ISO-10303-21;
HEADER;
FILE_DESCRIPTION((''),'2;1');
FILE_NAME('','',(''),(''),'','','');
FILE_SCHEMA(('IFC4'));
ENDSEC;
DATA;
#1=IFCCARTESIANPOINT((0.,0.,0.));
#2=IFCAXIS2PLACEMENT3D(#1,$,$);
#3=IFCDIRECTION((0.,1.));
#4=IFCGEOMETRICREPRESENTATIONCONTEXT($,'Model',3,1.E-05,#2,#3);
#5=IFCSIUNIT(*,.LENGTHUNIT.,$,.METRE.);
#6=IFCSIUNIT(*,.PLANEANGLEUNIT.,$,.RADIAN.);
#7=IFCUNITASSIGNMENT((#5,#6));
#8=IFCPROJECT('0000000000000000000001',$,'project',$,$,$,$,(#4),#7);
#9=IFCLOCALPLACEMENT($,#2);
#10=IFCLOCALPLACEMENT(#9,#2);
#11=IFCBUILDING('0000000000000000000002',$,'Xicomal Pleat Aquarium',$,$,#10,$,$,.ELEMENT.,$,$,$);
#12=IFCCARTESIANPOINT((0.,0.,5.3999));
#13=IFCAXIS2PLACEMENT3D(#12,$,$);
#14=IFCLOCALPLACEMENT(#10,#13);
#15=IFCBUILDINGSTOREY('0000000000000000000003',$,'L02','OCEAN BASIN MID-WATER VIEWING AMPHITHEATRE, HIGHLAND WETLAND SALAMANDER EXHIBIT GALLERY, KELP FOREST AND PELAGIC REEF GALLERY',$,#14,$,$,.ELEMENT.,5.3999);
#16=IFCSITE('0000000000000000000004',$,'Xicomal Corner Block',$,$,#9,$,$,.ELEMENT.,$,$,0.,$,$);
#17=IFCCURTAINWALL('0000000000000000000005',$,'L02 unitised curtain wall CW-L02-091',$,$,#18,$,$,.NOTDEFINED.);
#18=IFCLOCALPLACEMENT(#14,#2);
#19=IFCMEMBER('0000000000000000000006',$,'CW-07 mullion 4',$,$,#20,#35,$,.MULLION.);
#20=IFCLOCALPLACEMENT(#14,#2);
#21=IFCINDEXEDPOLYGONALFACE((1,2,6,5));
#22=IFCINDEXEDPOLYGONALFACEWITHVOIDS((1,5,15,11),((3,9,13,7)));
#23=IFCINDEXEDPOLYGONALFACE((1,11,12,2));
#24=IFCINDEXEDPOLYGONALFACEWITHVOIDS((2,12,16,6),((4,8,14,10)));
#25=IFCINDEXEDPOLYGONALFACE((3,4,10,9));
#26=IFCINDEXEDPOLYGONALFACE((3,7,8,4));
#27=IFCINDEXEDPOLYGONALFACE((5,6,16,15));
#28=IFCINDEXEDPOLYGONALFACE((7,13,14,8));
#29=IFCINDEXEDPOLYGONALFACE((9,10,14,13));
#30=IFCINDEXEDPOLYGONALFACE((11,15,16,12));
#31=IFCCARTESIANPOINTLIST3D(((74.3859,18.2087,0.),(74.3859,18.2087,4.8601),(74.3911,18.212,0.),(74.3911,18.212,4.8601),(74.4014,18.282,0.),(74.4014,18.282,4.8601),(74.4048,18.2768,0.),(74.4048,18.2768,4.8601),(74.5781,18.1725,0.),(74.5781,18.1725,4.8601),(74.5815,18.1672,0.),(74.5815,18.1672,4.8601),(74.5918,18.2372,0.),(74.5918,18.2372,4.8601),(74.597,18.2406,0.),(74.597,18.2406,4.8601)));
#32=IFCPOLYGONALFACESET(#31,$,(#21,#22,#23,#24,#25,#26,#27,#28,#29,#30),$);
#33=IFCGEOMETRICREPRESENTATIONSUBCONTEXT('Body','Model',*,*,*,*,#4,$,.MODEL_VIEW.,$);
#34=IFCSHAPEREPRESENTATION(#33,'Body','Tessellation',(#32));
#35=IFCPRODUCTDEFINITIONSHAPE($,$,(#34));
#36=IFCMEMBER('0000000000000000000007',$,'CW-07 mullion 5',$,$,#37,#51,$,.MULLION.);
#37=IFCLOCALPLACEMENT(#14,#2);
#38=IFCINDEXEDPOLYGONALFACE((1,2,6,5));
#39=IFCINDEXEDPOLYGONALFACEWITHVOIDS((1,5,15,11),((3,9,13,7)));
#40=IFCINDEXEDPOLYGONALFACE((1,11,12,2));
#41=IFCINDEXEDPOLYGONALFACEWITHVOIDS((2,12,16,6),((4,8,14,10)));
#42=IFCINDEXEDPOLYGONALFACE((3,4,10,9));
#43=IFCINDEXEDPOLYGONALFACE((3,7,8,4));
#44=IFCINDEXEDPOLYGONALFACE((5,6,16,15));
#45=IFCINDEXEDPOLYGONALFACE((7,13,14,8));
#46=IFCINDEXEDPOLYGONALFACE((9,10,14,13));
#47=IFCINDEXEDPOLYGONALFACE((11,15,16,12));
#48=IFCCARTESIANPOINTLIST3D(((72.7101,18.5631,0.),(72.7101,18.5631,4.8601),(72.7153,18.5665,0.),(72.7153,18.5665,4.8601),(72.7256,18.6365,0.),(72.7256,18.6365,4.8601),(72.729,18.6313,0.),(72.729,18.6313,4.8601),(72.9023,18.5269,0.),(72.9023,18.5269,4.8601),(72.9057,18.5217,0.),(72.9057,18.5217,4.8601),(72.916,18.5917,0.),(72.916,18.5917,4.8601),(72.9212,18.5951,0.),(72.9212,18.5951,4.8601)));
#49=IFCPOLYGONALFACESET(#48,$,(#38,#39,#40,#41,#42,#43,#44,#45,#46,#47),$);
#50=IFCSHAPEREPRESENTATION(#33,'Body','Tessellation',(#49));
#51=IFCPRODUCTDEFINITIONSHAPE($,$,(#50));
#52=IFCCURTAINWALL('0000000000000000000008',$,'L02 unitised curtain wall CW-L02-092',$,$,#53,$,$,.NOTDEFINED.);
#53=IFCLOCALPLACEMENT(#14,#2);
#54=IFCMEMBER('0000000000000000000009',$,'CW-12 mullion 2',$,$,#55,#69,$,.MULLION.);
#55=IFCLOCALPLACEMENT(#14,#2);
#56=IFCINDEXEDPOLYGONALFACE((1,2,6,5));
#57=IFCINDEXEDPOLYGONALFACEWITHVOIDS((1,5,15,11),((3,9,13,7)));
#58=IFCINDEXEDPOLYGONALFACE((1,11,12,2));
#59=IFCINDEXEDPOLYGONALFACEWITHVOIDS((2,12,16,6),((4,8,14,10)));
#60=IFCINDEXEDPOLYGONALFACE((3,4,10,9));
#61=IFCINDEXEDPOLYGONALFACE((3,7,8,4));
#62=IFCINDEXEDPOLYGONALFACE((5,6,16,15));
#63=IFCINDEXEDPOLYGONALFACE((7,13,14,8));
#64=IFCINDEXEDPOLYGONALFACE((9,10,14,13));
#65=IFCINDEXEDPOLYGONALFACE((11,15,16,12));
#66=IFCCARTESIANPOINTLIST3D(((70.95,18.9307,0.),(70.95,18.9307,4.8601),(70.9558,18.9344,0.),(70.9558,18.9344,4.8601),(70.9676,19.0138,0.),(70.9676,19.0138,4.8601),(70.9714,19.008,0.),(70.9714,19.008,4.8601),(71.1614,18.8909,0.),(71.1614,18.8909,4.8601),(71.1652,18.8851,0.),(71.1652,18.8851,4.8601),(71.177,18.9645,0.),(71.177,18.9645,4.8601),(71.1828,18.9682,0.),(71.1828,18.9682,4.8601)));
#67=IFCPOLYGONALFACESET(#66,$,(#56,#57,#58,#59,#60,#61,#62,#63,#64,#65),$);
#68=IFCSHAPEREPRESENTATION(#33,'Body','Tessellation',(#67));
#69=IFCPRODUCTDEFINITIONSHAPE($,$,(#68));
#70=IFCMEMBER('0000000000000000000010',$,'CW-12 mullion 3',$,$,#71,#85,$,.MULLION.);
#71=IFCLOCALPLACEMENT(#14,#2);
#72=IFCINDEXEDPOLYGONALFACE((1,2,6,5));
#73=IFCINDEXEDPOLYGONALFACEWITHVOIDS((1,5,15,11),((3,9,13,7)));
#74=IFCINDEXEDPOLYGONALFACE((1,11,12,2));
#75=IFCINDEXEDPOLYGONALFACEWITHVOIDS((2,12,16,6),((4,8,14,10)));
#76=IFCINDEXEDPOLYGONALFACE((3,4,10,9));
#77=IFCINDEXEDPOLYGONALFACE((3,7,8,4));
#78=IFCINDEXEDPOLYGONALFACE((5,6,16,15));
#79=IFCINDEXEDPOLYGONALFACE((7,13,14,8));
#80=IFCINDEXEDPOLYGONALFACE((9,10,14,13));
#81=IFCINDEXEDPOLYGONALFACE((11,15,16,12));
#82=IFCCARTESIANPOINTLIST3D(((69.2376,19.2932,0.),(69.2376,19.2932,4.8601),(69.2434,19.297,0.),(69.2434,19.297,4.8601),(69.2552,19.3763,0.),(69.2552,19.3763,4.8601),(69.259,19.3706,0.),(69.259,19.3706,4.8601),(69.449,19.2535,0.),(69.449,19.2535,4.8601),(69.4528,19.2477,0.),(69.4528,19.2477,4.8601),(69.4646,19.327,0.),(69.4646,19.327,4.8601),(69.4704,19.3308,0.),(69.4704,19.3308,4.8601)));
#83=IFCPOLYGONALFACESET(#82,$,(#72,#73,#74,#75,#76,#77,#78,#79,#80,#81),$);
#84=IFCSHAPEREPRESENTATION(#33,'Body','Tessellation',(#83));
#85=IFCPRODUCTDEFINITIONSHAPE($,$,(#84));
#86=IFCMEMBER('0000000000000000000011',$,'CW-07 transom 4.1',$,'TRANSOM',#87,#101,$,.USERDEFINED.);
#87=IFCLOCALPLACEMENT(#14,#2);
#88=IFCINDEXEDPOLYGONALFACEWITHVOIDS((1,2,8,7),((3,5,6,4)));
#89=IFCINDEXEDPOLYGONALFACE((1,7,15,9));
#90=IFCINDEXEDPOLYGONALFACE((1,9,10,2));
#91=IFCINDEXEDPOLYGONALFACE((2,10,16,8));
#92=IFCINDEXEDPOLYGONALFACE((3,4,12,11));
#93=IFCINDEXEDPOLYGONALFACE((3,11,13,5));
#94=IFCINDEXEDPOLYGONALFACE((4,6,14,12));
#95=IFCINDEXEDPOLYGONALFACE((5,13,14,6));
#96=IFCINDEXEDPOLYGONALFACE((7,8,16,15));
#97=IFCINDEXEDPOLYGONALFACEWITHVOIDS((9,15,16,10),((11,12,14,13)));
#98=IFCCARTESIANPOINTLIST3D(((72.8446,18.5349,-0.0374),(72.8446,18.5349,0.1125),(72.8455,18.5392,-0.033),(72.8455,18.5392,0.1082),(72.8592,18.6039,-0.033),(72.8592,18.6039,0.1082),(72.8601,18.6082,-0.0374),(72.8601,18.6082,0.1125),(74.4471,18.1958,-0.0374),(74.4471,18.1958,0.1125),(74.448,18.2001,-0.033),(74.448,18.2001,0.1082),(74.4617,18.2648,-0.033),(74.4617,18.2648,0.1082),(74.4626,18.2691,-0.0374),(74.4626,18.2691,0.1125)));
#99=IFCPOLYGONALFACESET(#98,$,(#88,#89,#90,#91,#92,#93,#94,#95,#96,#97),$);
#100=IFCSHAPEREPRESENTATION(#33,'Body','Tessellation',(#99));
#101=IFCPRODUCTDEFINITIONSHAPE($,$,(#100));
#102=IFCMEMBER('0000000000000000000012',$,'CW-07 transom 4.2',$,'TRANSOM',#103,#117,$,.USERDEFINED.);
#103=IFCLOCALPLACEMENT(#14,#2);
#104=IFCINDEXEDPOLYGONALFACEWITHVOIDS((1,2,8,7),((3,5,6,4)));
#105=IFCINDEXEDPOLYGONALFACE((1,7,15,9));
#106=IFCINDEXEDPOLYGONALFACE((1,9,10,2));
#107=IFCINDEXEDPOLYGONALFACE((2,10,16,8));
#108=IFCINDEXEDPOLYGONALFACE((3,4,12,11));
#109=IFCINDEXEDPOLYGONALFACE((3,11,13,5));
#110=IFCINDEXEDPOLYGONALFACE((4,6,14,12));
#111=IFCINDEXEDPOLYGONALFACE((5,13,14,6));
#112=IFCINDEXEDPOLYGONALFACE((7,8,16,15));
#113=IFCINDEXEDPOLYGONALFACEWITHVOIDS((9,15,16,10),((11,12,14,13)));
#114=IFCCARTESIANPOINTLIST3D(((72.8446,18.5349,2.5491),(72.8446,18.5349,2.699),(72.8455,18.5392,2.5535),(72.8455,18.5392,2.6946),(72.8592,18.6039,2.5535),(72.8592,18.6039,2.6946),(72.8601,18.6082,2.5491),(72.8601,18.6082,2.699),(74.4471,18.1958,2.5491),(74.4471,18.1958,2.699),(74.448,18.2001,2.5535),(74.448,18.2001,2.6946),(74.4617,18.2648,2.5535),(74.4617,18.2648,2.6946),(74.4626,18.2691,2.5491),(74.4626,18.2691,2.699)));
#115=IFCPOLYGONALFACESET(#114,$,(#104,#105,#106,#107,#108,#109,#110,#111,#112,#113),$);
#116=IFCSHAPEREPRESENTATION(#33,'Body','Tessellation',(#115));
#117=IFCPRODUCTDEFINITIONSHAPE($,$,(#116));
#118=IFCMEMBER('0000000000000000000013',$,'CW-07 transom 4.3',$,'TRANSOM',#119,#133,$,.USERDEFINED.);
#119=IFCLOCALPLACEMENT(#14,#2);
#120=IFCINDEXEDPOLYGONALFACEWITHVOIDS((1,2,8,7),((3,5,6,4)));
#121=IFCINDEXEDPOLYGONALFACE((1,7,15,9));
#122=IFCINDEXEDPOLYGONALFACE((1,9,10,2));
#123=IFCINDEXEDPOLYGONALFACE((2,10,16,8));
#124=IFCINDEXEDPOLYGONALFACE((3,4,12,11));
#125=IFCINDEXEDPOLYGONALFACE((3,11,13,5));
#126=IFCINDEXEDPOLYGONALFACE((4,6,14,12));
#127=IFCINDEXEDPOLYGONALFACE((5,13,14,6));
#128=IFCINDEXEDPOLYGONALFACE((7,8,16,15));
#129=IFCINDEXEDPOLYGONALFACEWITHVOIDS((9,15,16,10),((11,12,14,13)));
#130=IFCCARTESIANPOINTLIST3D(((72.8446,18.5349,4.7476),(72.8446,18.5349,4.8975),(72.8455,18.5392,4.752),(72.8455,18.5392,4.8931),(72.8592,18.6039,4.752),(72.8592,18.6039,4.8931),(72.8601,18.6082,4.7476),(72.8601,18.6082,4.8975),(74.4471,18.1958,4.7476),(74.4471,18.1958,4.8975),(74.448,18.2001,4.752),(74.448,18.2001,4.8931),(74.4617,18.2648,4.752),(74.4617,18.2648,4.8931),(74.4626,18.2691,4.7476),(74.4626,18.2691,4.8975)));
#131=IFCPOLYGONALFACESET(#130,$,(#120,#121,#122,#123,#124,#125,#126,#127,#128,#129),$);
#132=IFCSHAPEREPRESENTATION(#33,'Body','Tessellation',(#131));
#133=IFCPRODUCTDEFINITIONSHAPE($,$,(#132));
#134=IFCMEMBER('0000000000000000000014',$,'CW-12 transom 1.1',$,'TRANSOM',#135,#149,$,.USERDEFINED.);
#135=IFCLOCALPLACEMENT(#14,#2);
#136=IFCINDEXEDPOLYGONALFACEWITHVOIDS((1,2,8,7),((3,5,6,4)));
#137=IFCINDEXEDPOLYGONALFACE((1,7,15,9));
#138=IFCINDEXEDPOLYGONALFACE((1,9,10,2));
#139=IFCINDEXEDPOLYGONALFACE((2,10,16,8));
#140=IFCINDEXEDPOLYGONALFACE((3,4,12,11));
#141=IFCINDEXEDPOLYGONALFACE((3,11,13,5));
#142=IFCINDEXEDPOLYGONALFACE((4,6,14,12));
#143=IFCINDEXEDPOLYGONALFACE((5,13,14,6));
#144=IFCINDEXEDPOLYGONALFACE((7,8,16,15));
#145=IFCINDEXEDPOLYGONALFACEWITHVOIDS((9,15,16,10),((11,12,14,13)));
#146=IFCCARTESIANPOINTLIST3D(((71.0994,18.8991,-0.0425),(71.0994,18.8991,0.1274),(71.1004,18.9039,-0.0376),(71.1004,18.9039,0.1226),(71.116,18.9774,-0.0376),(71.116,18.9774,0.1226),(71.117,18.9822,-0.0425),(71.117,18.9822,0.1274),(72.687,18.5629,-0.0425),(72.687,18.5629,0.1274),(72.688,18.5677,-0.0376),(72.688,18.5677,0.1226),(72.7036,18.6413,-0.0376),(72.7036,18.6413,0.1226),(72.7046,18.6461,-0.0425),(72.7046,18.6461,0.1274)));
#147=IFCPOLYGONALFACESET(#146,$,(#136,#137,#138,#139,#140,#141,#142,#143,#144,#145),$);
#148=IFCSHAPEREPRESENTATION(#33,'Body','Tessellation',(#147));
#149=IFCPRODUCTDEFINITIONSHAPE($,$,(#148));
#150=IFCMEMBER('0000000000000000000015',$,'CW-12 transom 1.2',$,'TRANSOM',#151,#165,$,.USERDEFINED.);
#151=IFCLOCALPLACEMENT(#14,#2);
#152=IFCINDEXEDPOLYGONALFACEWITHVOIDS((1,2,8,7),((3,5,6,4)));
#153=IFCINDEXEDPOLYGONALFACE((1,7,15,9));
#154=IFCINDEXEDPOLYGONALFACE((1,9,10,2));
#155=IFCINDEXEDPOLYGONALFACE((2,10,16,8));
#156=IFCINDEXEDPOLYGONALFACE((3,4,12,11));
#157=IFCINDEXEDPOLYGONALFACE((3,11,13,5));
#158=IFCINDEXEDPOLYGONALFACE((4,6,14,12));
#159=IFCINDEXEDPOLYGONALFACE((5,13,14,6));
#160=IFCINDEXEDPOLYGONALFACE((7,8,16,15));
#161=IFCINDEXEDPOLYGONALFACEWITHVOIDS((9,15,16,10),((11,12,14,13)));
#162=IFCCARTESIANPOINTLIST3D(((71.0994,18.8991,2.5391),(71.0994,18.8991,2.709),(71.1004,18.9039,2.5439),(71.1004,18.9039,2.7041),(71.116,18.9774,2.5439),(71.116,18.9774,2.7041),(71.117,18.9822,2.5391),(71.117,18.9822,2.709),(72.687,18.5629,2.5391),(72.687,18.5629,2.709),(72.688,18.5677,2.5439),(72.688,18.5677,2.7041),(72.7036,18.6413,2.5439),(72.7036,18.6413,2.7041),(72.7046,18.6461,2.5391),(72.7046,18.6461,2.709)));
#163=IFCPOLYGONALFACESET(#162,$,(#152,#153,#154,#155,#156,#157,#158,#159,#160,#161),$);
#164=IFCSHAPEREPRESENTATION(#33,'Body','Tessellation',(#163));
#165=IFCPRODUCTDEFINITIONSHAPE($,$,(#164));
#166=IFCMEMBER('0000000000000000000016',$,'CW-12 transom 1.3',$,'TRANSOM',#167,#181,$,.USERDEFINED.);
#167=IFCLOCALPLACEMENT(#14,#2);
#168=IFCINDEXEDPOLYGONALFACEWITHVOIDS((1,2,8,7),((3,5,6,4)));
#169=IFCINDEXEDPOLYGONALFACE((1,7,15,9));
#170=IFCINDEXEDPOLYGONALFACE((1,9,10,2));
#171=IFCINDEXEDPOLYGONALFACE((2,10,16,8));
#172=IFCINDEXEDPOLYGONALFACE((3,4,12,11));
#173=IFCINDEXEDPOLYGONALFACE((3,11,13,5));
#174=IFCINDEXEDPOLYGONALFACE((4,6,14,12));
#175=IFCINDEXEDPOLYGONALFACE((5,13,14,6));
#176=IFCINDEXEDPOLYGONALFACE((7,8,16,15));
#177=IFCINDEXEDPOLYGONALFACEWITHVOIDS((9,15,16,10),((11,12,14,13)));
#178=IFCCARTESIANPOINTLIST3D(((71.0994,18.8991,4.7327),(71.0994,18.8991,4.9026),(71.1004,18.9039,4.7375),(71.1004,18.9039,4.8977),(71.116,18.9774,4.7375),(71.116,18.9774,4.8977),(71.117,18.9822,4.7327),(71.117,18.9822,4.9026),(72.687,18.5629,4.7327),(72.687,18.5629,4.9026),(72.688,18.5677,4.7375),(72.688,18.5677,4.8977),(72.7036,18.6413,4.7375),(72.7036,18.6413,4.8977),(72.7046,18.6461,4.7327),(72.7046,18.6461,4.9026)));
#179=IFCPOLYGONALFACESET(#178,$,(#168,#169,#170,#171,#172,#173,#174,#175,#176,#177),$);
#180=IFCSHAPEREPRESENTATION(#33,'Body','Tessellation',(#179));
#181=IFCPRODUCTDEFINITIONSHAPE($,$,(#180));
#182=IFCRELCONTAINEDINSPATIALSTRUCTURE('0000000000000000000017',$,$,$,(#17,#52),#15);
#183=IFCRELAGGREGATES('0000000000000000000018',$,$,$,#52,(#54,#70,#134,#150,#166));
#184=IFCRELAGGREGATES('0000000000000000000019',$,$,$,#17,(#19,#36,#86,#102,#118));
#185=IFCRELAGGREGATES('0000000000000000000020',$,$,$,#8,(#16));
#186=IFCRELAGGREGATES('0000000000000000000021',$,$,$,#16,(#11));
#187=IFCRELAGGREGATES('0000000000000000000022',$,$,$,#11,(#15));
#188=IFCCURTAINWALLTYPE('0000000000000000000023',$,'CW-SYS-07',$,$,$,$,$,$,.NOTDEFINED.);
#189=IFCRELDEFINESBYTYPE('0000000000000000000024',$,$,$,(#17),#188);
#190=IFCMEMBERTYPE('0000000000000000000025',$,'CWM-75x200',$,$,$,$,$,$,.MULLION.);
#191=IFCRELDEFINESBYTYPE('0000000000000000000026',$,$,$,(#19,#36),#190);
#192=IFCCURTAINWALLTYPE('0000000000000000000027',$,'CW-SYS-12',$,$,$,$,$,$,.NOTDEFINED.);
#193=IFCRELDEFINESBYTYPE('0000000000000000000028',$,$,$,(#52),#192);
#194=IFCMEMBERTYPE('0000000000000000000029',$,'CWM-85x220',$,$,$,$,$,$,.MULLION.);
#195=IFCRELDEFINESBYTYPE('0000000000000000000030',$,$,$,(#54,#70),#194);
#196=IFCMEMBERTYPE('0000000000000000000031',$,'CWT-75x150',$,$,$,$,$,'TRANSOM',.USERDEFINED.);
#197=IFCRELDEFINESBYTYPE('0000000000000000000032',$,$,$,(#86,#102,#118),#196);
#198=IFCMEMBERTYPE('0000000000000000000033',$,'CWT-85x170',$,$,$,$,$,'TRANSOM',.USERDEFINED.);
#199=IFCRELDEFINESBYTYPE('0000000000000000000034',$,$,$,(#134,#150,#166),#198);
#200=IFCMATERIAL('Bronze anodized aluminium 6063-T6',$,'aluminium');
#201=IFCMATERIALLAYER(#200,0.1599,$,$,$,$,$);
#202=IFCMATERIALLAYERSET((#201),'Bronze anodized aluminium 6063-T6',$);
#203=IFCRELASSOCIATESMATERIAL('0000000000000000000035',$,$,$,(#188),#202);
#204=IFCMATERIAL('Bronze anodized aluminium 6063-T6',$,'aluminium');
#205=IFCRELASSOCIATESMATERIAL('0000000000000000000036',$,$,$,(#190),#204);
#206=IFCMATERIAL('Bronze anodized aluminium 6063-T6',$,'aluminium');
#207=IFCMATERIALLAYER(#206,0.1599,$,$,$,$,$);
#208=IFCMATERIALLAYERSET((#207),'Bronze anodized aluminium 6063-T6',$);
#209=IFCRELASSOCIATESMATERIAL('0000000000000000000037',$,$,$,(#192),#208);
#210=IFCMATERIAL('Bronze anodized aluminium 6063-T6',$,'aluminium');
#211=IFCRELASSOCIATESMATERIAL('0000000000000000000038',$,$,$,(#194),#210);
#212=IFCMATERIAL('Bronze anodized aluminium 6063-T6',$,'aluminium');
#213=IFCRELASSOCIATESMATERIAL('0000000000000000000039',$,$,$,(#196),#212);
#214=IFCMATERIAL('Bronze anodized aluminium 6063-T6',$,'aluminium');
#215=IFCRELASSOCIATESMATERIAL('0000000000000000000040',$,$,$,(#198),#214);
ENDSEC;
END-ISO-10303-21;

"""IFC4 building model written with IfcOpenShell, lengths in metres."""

from ifc_helpers import new_model, si_unit, direction, frame, origin, origin_2d, place, context, subcontext, project, spatial, hollow_rectangle, extrude, material, layer, layer_set, material_profile, profile_set, type_object, element, aggregate, save


model = new_model("IFC4")

# Units and contexts
model_context = context("Model", 3, precision=1e-05, world=origin(), true_north=direction((0.0, 1.0)))
body_context = subcontext(model_context, "Body", "Model", "MODEL_VIEW")
ifc_project = project(units=[si_unit("LENGTHUNIT", "METRE"), si_unit("PLANEANGLEUNIT", "RADIAN")], contexts=[model_context])

# Site, building, storey
site_placement = place(None, origin())
site = spatial("IfcSite", under=ifc_project, at=site_placement, Name="Xicomal Corner Block", CompositionType="ELEMENT", RefElevation=0.0)
building_placement = place(site_placement, origin())
building = spatial("IfcBuilding", under=site, at=building_placement, Name="Xicomal Pleat Aquarium", CompositionType="ELEMENT")
storey_placement = place(building_placement, frame((0.0, 0.0, 5.3999)))
storey = spatial("IfcBuildingStorey", under=building, at=storey_placement, Name="L02", Description="OCEAN BASIN MID-WATER VIEWING AMPHITHEATRE, HIGHLAND WETLAND SALAMANDER EXHIBIT GALLERY, KELP FOREST AND PELAGIC REEF GALLERY", CompositionType="ELEMENT", Elevation=5.3999)

# Curtain walls, members
ifc_material_1 = material(Name="Bronze anodized aluminium 6063-T6", Category="aluminium")
ifc_layer_1 = layer(ifc_material_1, 0.1599)
ifc_layer_set_1 = layer_set([ifc_layer_1], Name="Bronze anodized aluminium 6063-T6")
curtain_wall_type_1 = type_object("IfcCurtainWallType", Name="CW-SYS-07", PredefinedType="NOTDEFINED", material=ifc_layer_set_1)
curtain_wall_1_placement = place(storey_placement, origin())
curtain_wall_1 = element("IfcCurtainWall", 1, at=curtain_wall_1_placement, inside=storey, type_object=curtain_wall_type_1, Name="L02 unitised curtain wall CW-L02-091", PredefinedType="NOTDEFINED")
ifc_material_2 = material(Name="Bronze anodized aluminium 6063-T6", Category="aluminium")
ifc_material_profile_1 = material_profile(ifc_material_2, hollow_rectangle(XDim=0.075, YDim=0.2, WallThickness=0.0044, at=origin_2d()), Name="ALU MULL 75x200")
ifc_profile_set_1 = profile_set([ifc_material_profile_1], Name="Bronze anodized aluminium 6063-T6")
member_type_1 = type_object("IfcMemberType", Name="CWM-75x200", PredefinedType="MULLION", material=ifc_profile_set_1)
member_1_placement = place(storey_placement, frame((74.4915, 18.2246, 0.0), z_axis=(0.0, 0.0, 1.0), x_axis=(-0.20709, -0.978322, 0.0)))
member_1 = element("IfcMember", 2, at=member_1_placement, type_object=member_type_1, Name="CW-07 mullion 4", PredefinedType="MULLION", context=body_context, shape_type="SweptSolid", body=[
    extrude(hollow_rectangle(XDim=0.075, YDim=0.2, WallThickness=0.0044, at=origin_2d()), origin(), (0.0, 0.0, 1.0), 4.8601),
])
member_2_placement = place(storey_placement, frame((72.8157, 18.5791, 0.0), z_axis=(0.0, 0.0, 1.0), x_axis=(-0.20709, -0.978322, 0.0)))
member_2 = element("IfcMember", 3, at=member_2_placement, type_object=member_type_1, Name="CW-07 mullion 5", PredefinedType="MULLION", context=body_context, shape_type="SweptSolid", body=[
    extrude(hollow_rectangle(XDim=0.075, YDim=0.2, WallThickness=0.0044, at=origin_2d()), origin(), (0.0, 0.0, 1.0), 4.8601),
])
ifc_material_3 = material(Name="Bronze anodized aluminium 6063-T6", Category="aluminium")
ifc_layer_2 = layer(ifc_material_3, 0.1599)
ifc_layer_set_2 = layer_set([ifc_layer_2], Name="Bronze anodized aluminium 6063-T6")
curtain_wall_type_2 = type_object("IfcCurtainWallType", Name="CW-SYS-12", PredefinedType="NOTDEFINED", material=ifc_layer_set_2)
curtain_wall_2_placement = place(storey_placement, origin())
curtain_wall_2 = element("IfcCurtainWall", 4, at=curtain_wall_2_placement, inside=storey, type_object=curtain_wall_type_2, Name="L02 unitised curtain wall CW-L02-092", PredefinedType="NOTDEFINED")
ifc_material_4 = material(Name="Bronze anodized aluminium 6063-T6", Category="aluminium")
ifc_material_profile_2 = material_profile(ifc_material_4, hollow_rectangle(XDim=0.085, YDim=0.22, WallThickness=0.0049, at=origin_2d()), Name="ALU MULL 85x220")
ifc_profile_set_2 = profile_set([ifc_material_profile_2], Name="Bronze anodized aluminium 6063-T6")
member_type_2 = type_object("IfcMemberType", Name="CWM-85x220", PredefinedType="MULLION", material=ifc_profile_set_2)
member_3_placement = place(storey_placement, frame((71.0664, 18.9495, 0.0), z_axis=(0.0, 0.0, 1.0), x_axis=(-0.20709, -0.978322, 0.0)))
member_3 = element("IfcMember", 5, at=member_3_placement, type_object=member_type_2, Name="CW-12 mullion 2", PredefinedType="MULLION", context=body_context, shape_type="SweptSolid", body=[
    extrude(hollow_rectangle(XDim=0.085, YDim=0.22, WallThickness=0.0049, at=origin_2d()), origin(), (0.0, 0.0, 1.0), 4.8601),
])
member_4_placement = place(storey_placement, frame((69.354, 19.312, 0.0), z_axis=(0.0, 0.0, 1.0), x_axis=(-0.20709, -0.978322, 0.0)))
member_4 = element("IfcMember", 6, at=member_4_placement, type_object=member_type_2, Name="CW-12 mullion 3", PredefinedType="MULLION", context=body_context, shape_type="SweptSolid", body=[
    extrude(hollow_rectangle(XDim=0.085, YDim=0.22, WallThickness=0.0049, at=origin_2d()), origin(), (0.0, 0.0, 1.0), 4.8601),
])

# Members
ifc_material_5 = material(Name="Bronze anodized aluminium 6063-T6", Category="aluminium")
ifc_material_profile_3 = material_profile(ifc_material_5, hollow_rectangle(XDim=0.075, YDim=0.1499, WallThickness=0.0044, at=origin_2d()), Name="ALU TRAN 75x150")
ifc_profile_set_3 = profile_set([ifc_material_profile_3], Name="Bronze anodized aluminium 6063-T6")
member_type_3 = type_object("IfcMemberType", Name="CWT-75x150", ElementType="TRANSOM", PredefinedType="USERDEFINED", material=ifc_profile_set_3)
member_5_placement = place(storey_placement, frame((74.4548, 18.2324, 0.0376), z_axis=(-0.978336, 0.207024, 0.0), x_axis=(-0.207024, -0.978336, 0.0)))
member_5 = element("IfcMember", 7, at=member_5_placement, type_object=member_type_3, Name="CW-07 transom 4.1", ObjectType="TRANSOM", PredefinedType="USERDEFINED", context=body_context, shape_type="SweptSolid", body=[
    extrude(hollow_rectangle(XDim=0.075, YDim=0.1499, WallThickness=0.0044, at=origin_2d()), origin(), (0.0, 0.0, 1.0), 1.6379),
])
member_6_placement = place(storey_placement, frame((74.4548, 18.2324, 2.624), z_axis=(-0.978336, 0.207024, 0.0), x_axis=(-0.207024, -0.978336, 0.0)))
member_6 = element("IfcMember", 8, at=member_6_placement, type_object=member_type_3, Name="CW-07 transom 4.2", ObjectType="TRANSOM", PredefinedType="USERDEFINED", context=body_context, shape_type="SweptSolid", body=[
    extrude(hollow_rectangle(XDim=0.075, YDim=0.1499, WallThickness=0.0044, at=origin_2d()), origin(), (0.0, 0.0, 1.0), 1.6379),
])
member_7_placement = place(storey_placement, frame((74.4548, 18.2324, 4.8225), z_axis=(-0.978336, 0.207024, 0.0), x_axis=(-0.207024, -0.978336, 0.0)))
member_7 = element("IfcMember", 9, at=member_7_placement, type_object=member_type_3, Name="CW-07 transom 4.3", ObjectType="TRANSOM", PredefinedType="USERDEFINED", context=body_context, shape_type="SweptSolid", body=[
    extrude(hollow_rectangle(XDim=0.075, YDim=0.1499, WallThickness=0.0044, at=origin_2d()), origin(), (0.0, 0.0, 1.0), 1.6379),
])
ifc_material_6 = material(Name="Bronze anodized aluminium 6063-T6", Category="aluminium")
ifc_material_profile_4 = material_profile(ifc_material_6, hollow_rectangle(XDim=0.085, YDim=0.1699, WallThickness=0.0049, at=origin_2d()), Name="ALU TRAN 85x170")
ifc_profile_set_4 = profile_set([ifc_material_profile_4], Name="Bronze anodized aluminium 6063-T6")
member_type_4 = type_object("IfcMemberType", Name="CWT-85x170", ElementType="TRANSOM", PredefinedType="USERDEFINED", material=ifc_profile_set_4)
member_8_placement = place(storey_placement, frame((72.6958, 18.6045, 0.0425), z_axis=(-0.978308, 0.207155, 0.0), x_axis=(-0.207155, -0.978308, 0.0)))
member_8 = element("IfcMember", 10, at=member_8_placement, type_object=member_type_4, Name="CW-12 transom 1.1", ObjectType="TRANSOM", PredefinedType="USERDEFINED", context=body_context, shape_type="SweptSolid", body=[
    extrude(hollow_rectangle(XDim=0.085, YDim=0.1699, WallThickness=0.0049, at=origin_2d()), origin(), (0.0, 0.0, 1.0), 1.6228),
])
member_9_placement = place(storey_placement, frame((72.6958, 18.6045, 2.624), z_axis=(-0.978308, 0.207155, 0.0), x_axis=(-0.207155, -0.978308, 0.0)))
member_9 = element("IfcMember", 11, at=member_9_placement, type_object=member_type_4, Name="CW-12 transom 1.2", ObjectType="TRANSOM", PredefinedType="USERDEFINED", context=body_context, shape_type="SweptSolid", body=[
    extrude(hollow_rectangle(XDim=0.085, YDim=0.1699, WallThickness=0.0049, at=origin_2d()), origin(), (0.0, 0.0, 1.0), 1.6228),
])
member_10_placement = place(storey_placement, frame((72.6958, 18.6045, 4.8176), z_axis=(-0.978308, 0.207155, 0.0), x_axis=(-0.207155, -0.978308, 0.0)))
member_10 = element("IfcMember", 12, at=member_10_placement, type_object=member_type_4, Name="CW-12 transom 1.3", ObjectType="TRANSOM", PredefinedType="USERDEFINED", context=body_context, shape_type="SweptSolid", body=[
    extrude(hollow_rectangle(XDim=0.085, YDim=0.1699, WallThickness=0.0049, at=origin_2d()), origin(), (0.0, 0.0, 1.0), 1.6228),
])

aggregate(curtain_wall_2, [member_3, member_4, member_8, member_9, member_10])
aggregate(curtain_wall_1, [member_1, member_2, member_5, member_6, member_7])

save(model, "model.ifc")
